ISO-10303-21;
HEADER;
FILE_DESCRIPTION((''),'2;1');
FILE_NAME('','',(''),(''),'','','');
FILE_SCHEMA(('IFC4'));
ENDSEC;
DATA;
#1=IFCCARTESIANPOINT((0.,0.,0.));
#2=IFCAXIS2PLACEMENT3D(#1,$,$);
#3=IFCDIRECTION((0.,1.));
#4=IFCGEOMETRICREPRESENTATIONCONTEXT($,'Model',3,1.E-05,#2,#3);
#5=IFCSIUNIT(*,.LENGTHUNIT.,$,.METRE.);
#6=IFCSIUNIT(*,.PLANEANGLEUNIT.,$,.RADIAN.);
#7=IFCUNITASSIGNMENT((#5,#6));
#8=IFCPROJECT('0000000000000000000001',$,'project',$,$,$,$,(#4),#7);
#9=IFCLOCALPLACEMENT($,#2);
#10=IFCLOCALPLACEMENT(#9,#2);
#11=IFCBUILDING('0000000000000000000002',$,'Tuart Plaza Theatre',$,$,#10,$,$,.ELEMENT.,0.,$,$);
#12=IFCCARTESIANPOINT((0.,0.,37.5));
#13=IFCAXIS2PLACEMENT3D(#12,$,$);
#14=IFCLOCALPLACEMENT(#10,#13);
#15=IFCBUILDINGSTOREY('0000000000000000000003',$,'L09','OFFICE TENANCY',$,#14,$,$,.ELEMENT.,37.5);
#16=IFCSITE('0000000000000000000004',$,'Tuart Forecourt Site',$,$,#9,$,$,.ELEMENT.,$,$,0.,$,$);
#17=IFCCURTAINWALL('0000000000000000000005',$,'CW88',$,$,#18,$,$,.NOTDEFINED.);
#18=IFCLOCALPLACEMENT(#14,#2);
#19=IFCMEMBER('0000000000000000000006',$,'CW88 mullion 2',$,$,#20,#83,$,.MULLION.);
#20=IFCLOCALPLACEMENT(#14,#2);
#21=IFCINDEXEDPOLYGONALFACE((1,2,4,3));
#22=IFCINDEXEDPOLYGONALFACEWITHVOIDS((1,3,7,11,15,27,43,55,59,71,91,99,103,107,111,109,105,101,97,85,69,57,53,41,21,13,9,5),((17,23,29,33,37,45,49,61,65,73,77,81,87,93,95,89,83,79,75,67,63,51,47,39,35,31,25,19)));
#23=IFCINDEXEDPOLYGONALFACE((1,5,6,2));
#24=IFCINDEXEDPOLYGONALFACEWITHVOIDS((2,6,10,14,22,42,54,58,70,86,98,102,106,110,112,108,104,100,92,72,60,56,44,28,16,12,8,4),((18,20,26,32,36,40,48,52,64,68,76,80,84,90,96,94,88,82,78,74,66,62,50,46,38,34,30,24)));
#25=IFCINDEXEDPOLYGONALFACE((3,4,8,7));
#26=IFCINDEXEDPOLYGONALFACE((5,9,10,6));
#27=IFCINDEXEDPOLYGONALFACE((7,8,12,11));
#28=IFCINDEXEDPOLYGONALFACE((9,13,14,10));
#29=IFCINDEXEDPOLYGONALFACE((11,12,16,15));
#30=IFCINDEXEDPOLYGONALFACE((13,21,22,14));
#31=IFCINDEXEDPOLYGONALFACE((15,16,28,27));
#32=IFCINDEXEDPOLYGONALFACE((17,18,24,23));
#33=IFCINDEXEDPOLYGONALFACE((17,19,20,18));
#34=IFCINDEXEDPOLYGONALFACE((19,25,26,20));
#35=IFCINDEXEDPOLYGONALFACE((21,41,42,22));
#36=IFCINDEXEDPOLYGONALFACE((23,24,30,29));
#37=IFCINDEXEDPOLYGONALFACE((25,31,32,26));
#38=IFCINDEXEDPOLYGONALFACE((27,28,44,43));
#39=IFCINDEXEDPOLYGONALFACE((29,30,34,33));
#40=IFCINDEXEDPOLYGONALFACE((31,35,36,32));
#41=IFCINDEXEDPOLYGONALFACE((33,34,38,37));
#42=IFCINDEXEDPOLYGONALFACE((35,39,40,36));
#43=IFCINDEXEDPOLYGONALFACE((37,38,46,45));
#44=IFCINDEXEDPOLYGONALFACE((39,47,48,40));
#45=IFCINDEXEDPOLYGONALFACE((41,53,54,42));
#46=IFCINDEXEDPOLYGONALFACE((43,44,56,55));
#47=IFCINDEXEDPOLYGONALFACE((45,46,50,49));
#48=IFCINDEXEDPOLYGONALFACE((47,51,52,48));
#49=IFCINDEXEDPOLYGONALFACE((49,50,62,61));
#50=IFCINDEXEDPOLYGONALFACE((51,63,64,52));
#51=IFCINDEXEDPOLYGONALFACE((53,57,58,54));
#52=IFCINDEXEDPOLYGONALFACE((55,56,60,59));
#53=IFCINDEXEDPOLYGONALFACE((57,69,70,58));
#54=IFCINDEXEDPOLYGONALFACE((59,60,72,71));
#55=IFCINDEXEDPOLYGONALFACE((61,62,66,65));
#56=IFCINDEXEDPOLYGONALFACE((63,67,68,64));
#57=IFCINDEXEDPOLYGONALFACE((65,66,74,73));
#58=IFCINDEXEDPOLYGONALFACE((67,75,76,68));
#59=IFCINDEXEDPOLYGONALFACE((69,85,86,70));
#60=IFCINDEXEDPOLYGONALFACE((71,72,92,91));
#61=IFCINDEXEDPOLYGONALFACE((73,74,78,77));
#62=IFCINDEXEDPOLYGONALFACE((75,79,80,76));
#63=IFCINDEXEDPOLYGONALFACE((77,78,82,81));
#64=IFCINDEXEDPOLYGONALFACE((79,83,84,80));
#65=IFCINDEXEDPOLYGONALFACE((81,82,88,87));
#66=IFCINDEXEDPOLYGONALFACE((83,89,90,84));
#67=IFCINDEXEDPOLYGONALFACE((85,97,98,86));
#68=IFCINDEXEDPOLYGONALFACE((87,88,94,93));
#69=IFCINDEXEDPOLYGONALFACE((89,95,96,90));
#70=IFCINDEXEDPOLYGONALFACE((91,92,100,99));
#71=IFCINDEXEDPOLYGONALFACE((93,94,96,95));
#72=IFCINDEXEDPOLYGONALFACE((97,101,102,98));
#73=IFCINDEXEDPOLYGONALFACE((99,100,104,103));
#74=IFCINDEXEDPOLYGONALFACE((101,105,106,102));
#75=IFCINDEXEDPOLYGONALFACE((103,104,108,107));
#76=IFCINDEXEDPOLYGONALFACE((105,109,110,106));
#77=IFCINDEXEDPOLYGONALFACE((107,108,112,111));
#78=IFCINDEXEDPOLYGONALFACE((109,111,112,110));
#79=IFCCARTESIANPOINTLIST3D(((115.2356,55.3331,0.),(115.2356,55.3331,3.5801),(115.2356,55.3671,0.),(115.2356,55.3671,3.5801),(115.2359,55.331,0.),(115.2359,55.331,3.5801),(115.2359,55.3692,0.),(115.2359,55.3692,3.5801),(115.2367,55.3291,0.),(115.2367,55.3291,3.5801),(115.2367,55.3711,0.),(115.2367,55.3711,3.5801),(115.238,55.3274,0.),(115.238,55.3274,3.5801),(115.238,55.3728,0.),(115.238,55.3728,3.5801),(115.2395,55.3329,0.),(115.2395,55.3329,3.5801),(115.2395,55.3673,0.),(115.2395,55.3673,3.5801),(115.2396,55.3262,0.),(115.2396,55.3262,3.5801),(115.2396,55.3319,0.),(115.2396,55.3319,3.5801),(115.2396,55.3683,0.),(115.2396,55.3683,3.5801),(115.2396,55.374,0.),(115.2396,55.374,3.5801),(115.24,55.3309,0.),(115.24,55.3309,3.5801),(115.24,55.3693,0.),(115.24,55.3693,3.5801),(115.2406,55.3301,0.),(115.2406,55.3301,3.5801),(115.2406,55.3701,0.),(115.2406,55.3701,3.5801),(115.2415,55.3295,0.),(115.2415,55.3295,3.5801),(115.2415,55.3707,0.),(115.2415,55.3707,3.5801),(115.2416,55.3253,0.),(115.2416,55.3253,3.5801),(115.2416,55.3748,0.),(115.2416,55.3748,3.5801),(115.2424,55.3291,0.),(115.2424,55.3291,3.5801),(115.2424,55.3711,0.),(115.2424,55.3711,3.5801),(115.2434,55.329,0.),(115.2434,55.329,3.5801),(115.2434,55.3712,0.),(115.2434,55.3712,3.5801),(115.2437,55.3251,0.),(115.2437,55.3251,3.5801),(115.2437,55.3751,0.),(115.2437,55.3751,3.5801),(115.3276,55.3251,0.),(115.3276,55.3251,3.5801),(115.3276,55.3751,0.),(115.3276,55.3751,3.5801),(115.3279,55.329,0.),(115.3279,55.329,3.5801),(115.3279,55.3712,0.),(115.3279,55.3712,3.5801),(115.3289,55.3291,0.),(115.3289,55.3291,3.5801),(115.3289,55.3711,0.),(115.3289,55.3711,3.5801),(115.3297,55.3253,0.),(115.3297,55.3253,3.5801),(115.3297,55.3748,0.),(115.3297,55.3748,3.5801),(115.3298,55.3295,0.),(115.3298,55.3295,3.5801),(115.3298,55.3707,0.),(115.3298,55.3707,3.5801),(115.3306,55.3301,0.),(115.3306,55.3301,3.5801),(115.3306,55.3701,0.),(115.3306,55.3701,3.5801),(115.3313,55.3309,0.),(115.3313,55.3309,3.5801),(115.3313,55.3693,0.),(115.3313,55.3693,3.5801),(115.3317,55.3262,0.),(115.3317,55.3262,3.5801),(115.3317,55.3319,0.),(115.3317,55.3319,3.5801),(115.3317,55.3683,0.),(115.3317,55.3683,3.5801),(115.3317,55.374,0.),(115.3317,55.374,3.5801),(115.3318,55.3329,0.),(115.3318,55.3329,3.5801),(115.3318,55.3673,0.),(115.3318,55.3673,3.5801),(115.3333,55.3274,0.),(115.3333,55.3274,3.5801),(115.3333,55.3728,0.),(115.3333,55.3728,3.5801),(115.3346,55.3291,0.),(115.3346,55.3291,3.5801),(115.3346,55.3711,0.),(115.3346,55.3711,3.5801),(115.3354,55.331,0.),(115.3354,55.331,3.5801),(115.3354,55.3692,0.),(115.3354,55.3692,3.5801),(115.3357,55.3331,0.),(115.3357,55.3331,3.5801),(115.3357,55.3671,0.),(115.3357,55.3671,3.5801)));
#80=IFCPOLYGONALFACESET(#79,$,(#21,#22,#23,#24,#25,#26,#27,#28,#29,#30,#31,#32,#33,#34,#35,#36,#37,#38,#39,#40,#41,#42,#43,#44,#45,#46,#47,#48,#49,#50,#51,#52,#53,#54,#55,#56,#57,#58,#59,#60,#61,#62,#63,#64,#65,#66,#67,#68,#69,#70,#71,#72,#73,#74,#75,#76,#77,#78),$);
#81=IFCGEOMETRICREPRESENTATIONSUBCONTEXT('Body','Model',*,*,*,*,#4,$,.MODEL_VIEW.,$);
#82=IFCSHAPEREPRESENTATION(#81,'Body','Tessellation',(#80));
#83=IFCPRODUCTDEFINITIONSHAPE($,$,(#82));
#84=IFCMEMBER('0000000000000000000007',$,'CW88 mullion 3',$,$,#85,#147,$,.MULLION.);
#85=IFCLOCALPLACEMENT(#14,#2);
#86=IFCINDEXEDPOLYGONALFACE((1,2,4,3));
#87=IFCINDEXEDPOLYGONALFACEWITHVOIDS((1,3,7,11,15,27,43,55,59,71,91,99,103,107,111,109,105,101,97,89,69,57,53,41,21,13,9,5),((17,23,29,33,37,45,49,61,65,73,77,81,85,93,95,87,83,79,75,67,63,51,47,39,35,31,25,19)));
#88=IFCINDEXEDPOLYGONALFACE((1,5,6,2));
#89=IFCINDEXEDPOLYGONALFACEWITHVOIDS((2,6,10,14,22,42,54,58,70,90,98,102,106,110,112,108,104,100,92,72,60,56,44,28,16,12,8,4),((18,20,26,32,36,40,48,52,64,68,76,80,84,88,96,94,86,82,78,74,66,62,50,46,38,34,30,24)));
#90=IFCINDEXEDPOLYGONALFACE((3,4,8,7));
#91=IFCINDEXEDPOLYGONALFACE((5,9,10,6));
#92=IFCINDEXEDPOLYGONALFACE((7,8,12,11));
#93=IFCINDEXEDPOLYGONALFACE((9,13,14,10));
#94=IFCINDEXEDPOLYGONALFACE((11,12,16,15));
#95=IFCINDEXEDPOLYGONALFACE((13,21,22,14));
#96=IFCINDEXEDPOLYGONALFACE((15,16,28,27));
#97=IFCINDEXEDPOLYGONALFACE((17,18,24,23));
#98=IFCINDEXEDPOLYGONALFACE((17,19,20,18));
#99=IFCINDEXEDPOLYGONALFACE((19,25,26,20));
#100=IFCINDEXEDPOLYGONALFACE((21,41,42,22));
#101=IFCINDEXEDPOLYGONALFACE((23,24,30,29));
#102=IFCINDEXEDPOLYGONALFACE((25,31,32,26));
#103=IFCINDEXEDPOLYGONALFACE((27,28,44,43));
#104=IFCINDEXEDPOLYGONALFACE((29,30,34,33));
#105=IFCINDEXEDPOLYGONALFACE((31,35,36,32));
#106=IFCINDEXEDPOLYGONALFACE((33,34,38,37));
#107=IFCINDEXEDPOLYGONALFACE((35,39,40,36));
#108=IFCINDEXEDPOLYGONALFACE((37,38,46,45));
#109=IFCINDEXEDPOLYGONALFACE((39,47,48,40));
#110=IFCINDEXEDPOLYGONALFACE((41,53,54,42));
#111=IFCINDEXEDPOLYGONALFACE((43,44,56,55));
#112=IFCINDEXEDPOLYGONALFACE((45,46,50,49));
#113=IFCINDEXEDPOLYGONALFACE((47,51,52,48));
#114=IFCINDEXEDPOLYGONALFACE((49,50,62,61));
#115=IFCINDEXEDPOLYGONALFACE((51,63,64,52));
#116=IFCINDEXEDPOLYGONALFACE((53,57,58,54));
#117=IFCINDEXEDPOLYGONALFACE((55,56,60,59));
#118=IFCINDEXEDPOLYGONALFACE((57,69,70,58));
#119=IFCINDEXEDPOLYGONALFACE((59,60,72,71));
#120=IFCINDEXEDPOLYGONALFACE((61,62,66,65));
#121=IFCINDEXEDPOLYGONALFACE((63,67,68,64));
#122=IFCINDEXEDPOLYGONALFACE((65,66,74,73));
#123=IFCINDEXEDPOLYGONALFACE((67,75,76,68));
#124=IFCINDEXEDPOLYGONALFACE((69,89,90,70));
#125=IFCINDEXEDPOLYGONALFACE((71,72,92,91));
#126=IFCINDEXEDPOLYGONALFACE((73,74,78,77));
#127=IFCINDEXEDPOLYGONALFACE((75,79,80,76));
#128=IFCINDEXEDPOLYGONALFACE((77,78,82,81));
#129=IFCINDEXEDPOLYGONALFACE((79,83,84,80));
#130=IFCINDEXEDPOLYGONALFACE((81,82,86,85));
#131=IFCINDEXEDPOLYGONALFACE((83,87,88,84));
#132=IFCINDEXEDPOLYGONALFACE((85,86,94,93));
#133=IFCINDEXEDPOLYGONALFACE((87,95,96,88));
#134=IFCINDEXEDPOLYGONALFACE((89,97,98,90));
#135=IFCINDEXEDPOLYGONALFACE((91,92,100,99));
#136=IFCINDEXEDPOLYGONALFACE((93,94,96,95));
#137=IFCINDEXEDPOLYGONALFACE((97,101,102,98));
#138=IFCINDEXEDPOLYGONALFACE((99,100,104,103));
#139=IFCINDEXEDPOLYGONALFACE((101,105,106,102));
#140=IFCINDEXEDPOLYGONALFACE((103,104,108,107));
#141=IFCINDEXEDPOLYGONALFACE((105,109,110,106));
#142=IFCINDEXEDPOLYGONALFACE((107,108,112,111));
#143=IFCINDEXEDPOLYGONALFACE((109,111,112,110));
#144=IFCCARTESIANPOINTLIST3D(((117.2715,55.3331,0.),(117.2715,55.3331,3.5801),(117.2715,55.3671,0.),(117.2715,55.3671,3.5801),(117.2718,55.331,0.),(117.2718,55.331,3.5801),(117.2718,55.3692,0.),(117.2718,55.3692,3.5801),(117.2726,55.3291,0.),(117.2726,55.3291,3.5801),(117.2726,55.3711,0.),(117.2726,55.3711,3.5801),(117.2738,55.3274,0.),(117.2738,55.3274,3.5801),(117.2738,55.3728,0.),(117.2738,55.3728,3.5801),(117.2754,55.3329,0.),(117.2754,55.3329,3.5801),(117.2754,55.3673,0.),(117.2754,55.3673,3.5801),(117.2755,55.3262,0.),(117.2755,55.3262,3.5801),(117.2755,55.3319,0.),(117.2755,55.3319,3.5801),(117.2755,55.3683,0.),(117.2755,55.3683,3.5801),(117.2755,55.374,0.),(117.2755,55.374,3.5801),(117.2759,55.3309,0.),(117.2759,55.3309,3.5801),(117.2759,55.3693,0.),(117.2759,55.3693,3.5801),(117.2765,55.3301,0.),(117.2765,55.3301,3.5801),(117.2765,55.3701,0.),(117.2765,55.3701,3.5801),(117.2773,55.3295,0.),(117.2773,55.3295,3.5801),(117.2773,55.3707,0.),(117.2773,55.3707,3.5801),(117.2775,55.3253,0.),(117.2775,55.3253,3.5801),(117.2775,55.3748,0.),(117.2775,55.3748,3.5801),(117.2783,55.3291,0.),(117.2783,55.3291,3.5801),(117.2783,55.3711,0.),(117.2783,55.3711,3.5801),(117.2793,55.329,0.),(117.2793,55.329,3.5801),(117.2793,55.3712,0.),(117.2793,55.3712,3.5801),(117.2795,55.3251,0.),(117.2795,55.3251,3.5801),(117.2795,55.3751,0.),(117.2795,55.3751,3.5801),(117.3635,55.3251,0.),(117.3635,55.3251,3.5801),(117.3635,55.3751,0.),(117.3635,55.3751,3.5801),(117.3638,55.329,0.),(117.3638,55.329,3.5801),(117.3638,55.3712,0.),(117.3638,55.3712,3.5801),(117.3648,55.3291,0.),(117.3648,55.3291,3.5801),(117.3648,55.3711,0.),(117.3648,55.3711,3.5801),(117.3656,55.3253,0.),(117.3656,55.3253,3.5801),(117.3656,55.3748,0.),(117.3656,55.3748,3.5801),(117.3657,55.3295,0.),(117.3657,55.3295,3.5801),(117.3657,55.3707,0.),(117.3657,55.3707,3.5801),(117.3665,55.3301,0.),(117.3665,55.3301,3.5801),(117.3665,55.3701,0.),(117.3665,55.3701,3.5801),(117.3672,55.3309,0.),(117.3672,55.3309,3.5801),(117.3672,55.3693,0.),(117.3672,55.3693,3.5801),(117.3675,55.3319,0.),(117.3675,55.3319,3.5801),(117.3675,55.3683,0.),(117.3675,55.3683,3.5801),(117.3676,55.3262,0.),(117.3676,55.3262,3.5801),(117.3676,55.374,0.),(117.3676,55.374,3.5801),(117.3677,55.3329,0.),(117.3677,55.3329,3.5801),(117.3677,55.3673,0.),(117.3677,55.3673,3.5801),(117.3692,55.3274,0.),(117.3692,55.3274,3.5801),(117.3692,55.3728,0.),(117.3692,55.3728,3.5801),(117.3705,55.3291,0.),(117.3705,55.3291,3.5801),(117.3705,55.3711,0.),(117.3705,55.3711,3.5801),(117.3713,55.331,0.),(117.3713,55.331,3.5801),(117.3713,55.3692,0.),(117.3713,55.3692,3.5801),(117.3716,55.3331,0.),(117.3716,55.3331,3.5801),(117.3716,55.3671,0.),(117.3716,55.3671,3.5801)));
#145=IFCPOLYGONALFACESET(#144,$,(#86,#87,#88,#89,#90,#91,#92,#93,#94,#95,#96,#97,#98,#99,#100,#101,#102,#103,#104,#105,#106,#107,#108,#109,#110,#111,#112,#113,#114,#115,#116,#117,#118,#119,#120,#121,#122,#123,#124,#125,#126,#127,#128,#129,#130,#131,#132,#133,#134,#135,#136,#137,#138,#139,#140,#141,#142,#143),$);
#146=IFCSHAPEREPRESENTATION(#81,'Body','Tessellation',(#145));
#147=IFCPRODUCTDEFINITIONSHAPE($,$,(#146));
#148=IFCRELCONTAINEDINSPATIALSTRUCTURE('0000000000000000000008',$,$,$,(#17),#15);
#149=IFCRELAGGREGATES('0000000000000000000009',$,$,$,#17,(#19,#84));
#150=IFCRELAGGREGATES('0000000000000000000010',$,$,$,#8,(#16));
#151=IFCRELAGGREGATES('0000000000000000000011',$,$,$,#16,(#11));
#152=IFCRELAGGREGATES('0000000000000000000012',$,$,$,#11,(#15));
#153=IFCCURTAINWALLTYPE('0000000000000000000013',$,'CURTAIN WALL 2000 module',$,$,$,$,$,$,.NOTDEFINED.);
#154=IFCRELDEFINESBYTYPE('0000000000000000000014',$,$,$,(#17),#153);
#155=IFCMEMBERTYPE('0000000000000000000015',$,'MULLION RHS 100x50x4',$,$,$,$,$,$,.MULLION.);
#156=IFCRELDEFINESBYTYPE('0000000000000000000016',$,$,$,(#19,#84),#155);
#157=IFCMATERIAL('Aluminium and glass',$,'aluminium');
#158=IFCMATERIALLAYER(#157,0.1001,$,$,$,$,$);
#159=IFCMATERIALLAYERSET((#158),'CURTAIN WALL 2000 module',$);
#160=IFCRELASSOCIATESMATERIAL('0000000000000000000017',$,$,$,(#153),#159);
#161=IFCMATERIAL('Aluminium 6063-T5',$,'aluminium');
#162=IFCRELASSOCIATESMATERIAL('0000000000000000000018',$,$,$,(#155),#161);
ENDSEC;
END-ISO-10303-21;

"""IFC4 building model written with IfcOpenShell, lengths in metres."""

from ifc_helpers import new_model, si_unit, direction, frame, origin, origin_2d, place, context, subcontext, project, spatial, hollow_rectangle, extrude, material, layer, layer_set, material_profile, profile_set, type_object, element, aggregate, save


model = new_model("IFC4")

# Units and contexts
model_context = context("Model", 3, precision=1e-05, world=origin(), true_north=direction((0.0, 1.0)))
body_context = subcontext(model_context, "Body", "Model", "MODEL_VIEW")
ifc_project = project(units=[si_unit("LENGTHUNIT", "METRE"), si_unit("PLANEANGLEUNIT", "RADIAN")], contexts=[model_context])

# Site, building, storey
site_placement = place(None, origin())
site = spatial("IfcSite", under=ifc_project, at=site_placement, Name="Tuart Forecourt Site", CompositionType="ELEMENT", RefElevation=0.0)
building_placement = place(site_placement, origin())
building = spatial("IfcBuilding", under=site, at=building_placement, Name="Tuart Plaza Theatre", CompositionType="ELEMENT", ElevationOfRefHeight=0.0)
storey_placement = place(building_placement, frame((0.0, 0.0, 37.5)))
storey = spatial("IfcBuildingStorey", under=building, at=storey_placement, Name="L09", Description="OFFICE TENANCY", CompositionType="ELEMENT", Elevation=37.5)

# Curtain wall, members
ifc_material_1 = material(Name="Aluminium and glass", Category="aluminium")
ifc_layer_1 = layer(ifc_material_1, 0.1001)
ifc_layer_set_1 = layer_set([ifc_layer_1], Name="CURTAIN WALL 2000 module")
curtain_wall_type = type_object("IfcCurtainWallType", Name="CURTAIN WALL 2000 module", PredefinedType="NOTDEFINED", material=ifc_layer_set_1)
curtain_wall_placement = place(storey_placement, origin())
curtain_wall = element("IfcCurtainWall", 1, at=curtain_wall_placement, inside=storey, type_object=curtain_wall_type, Name="CW88", PredefinedType="NOTDEFINED")
ifc_material_2 = material(Name="Aluminium 6063-T5", Category="aluminium")
ifc_material_profile_1 = material_profile(ifc_material_2, hollow_rectangle(XDim=0.05, YDim=0.1001, WallThickness=0.0039, InnerFilletRadius=0.0039, OuterFilletRadius=0.0081, at=origin_2d()), Name="RHS 100x50x4")
ifc_profile_set_1 = profile_set([ifc_material_profile_1], Name="Aluminium 6063-T5")
member_type_1 = type_object("IfcMemberType", Name="MULLION RHS 100x50x4", PredefinedType="MULLION", material=ifc_profile_set_1)
member_1_placement = place(storey_placement, frame((115.2856, 55.3501, 0.0), z_axis=(0.0, 0.0, 1.0), x_axis=(0.0, 1.0, 0.0)))
member_1 = element("IfcMember", 2, at=member_1_placement, type_object=member_type_1, Name="CW88 mullion 2", PredefinedType="MULLION", context=body_context, shape_type="SweptSolid", body=[
    extrude(hollow_rectangle(XDim=0.05, YDim=0.1001, WallThickness=0.0039, InnerFilletRadius=0.0039, OuterFilletRadius=0.0081, at=origin_2d()), origin(), (0.0, 0.0, 1.0), 3.5801),
])
member_2_placement = place(storey_placement, frame((117.3215, 55.3501, 0.0), z_axis=(0.0, 0.0, 1.0), x_axis=(0.0, 1.0, 0.0)))
member_2 = element("IfcMember", 3, at=member_2_placement, type_object=member_type_1, Name="CW88 mullion 3", PredefinedType="MULLION", context=body_context, shape_type="SweptSolid", body=[
    extrude(hollow_rectangle(XDim=0.05, YDim=0.1001, WallThickness=0.0039, InnerFilletRadius=0.0039, OuterFilletRadius=0.0081, at=origin_2d()), origin(), (0.0, 0.0, 1.0), 3.5801),
])
aggregate(curtain_wall, [member_1, member_2])

save(model, "model.ifc")
